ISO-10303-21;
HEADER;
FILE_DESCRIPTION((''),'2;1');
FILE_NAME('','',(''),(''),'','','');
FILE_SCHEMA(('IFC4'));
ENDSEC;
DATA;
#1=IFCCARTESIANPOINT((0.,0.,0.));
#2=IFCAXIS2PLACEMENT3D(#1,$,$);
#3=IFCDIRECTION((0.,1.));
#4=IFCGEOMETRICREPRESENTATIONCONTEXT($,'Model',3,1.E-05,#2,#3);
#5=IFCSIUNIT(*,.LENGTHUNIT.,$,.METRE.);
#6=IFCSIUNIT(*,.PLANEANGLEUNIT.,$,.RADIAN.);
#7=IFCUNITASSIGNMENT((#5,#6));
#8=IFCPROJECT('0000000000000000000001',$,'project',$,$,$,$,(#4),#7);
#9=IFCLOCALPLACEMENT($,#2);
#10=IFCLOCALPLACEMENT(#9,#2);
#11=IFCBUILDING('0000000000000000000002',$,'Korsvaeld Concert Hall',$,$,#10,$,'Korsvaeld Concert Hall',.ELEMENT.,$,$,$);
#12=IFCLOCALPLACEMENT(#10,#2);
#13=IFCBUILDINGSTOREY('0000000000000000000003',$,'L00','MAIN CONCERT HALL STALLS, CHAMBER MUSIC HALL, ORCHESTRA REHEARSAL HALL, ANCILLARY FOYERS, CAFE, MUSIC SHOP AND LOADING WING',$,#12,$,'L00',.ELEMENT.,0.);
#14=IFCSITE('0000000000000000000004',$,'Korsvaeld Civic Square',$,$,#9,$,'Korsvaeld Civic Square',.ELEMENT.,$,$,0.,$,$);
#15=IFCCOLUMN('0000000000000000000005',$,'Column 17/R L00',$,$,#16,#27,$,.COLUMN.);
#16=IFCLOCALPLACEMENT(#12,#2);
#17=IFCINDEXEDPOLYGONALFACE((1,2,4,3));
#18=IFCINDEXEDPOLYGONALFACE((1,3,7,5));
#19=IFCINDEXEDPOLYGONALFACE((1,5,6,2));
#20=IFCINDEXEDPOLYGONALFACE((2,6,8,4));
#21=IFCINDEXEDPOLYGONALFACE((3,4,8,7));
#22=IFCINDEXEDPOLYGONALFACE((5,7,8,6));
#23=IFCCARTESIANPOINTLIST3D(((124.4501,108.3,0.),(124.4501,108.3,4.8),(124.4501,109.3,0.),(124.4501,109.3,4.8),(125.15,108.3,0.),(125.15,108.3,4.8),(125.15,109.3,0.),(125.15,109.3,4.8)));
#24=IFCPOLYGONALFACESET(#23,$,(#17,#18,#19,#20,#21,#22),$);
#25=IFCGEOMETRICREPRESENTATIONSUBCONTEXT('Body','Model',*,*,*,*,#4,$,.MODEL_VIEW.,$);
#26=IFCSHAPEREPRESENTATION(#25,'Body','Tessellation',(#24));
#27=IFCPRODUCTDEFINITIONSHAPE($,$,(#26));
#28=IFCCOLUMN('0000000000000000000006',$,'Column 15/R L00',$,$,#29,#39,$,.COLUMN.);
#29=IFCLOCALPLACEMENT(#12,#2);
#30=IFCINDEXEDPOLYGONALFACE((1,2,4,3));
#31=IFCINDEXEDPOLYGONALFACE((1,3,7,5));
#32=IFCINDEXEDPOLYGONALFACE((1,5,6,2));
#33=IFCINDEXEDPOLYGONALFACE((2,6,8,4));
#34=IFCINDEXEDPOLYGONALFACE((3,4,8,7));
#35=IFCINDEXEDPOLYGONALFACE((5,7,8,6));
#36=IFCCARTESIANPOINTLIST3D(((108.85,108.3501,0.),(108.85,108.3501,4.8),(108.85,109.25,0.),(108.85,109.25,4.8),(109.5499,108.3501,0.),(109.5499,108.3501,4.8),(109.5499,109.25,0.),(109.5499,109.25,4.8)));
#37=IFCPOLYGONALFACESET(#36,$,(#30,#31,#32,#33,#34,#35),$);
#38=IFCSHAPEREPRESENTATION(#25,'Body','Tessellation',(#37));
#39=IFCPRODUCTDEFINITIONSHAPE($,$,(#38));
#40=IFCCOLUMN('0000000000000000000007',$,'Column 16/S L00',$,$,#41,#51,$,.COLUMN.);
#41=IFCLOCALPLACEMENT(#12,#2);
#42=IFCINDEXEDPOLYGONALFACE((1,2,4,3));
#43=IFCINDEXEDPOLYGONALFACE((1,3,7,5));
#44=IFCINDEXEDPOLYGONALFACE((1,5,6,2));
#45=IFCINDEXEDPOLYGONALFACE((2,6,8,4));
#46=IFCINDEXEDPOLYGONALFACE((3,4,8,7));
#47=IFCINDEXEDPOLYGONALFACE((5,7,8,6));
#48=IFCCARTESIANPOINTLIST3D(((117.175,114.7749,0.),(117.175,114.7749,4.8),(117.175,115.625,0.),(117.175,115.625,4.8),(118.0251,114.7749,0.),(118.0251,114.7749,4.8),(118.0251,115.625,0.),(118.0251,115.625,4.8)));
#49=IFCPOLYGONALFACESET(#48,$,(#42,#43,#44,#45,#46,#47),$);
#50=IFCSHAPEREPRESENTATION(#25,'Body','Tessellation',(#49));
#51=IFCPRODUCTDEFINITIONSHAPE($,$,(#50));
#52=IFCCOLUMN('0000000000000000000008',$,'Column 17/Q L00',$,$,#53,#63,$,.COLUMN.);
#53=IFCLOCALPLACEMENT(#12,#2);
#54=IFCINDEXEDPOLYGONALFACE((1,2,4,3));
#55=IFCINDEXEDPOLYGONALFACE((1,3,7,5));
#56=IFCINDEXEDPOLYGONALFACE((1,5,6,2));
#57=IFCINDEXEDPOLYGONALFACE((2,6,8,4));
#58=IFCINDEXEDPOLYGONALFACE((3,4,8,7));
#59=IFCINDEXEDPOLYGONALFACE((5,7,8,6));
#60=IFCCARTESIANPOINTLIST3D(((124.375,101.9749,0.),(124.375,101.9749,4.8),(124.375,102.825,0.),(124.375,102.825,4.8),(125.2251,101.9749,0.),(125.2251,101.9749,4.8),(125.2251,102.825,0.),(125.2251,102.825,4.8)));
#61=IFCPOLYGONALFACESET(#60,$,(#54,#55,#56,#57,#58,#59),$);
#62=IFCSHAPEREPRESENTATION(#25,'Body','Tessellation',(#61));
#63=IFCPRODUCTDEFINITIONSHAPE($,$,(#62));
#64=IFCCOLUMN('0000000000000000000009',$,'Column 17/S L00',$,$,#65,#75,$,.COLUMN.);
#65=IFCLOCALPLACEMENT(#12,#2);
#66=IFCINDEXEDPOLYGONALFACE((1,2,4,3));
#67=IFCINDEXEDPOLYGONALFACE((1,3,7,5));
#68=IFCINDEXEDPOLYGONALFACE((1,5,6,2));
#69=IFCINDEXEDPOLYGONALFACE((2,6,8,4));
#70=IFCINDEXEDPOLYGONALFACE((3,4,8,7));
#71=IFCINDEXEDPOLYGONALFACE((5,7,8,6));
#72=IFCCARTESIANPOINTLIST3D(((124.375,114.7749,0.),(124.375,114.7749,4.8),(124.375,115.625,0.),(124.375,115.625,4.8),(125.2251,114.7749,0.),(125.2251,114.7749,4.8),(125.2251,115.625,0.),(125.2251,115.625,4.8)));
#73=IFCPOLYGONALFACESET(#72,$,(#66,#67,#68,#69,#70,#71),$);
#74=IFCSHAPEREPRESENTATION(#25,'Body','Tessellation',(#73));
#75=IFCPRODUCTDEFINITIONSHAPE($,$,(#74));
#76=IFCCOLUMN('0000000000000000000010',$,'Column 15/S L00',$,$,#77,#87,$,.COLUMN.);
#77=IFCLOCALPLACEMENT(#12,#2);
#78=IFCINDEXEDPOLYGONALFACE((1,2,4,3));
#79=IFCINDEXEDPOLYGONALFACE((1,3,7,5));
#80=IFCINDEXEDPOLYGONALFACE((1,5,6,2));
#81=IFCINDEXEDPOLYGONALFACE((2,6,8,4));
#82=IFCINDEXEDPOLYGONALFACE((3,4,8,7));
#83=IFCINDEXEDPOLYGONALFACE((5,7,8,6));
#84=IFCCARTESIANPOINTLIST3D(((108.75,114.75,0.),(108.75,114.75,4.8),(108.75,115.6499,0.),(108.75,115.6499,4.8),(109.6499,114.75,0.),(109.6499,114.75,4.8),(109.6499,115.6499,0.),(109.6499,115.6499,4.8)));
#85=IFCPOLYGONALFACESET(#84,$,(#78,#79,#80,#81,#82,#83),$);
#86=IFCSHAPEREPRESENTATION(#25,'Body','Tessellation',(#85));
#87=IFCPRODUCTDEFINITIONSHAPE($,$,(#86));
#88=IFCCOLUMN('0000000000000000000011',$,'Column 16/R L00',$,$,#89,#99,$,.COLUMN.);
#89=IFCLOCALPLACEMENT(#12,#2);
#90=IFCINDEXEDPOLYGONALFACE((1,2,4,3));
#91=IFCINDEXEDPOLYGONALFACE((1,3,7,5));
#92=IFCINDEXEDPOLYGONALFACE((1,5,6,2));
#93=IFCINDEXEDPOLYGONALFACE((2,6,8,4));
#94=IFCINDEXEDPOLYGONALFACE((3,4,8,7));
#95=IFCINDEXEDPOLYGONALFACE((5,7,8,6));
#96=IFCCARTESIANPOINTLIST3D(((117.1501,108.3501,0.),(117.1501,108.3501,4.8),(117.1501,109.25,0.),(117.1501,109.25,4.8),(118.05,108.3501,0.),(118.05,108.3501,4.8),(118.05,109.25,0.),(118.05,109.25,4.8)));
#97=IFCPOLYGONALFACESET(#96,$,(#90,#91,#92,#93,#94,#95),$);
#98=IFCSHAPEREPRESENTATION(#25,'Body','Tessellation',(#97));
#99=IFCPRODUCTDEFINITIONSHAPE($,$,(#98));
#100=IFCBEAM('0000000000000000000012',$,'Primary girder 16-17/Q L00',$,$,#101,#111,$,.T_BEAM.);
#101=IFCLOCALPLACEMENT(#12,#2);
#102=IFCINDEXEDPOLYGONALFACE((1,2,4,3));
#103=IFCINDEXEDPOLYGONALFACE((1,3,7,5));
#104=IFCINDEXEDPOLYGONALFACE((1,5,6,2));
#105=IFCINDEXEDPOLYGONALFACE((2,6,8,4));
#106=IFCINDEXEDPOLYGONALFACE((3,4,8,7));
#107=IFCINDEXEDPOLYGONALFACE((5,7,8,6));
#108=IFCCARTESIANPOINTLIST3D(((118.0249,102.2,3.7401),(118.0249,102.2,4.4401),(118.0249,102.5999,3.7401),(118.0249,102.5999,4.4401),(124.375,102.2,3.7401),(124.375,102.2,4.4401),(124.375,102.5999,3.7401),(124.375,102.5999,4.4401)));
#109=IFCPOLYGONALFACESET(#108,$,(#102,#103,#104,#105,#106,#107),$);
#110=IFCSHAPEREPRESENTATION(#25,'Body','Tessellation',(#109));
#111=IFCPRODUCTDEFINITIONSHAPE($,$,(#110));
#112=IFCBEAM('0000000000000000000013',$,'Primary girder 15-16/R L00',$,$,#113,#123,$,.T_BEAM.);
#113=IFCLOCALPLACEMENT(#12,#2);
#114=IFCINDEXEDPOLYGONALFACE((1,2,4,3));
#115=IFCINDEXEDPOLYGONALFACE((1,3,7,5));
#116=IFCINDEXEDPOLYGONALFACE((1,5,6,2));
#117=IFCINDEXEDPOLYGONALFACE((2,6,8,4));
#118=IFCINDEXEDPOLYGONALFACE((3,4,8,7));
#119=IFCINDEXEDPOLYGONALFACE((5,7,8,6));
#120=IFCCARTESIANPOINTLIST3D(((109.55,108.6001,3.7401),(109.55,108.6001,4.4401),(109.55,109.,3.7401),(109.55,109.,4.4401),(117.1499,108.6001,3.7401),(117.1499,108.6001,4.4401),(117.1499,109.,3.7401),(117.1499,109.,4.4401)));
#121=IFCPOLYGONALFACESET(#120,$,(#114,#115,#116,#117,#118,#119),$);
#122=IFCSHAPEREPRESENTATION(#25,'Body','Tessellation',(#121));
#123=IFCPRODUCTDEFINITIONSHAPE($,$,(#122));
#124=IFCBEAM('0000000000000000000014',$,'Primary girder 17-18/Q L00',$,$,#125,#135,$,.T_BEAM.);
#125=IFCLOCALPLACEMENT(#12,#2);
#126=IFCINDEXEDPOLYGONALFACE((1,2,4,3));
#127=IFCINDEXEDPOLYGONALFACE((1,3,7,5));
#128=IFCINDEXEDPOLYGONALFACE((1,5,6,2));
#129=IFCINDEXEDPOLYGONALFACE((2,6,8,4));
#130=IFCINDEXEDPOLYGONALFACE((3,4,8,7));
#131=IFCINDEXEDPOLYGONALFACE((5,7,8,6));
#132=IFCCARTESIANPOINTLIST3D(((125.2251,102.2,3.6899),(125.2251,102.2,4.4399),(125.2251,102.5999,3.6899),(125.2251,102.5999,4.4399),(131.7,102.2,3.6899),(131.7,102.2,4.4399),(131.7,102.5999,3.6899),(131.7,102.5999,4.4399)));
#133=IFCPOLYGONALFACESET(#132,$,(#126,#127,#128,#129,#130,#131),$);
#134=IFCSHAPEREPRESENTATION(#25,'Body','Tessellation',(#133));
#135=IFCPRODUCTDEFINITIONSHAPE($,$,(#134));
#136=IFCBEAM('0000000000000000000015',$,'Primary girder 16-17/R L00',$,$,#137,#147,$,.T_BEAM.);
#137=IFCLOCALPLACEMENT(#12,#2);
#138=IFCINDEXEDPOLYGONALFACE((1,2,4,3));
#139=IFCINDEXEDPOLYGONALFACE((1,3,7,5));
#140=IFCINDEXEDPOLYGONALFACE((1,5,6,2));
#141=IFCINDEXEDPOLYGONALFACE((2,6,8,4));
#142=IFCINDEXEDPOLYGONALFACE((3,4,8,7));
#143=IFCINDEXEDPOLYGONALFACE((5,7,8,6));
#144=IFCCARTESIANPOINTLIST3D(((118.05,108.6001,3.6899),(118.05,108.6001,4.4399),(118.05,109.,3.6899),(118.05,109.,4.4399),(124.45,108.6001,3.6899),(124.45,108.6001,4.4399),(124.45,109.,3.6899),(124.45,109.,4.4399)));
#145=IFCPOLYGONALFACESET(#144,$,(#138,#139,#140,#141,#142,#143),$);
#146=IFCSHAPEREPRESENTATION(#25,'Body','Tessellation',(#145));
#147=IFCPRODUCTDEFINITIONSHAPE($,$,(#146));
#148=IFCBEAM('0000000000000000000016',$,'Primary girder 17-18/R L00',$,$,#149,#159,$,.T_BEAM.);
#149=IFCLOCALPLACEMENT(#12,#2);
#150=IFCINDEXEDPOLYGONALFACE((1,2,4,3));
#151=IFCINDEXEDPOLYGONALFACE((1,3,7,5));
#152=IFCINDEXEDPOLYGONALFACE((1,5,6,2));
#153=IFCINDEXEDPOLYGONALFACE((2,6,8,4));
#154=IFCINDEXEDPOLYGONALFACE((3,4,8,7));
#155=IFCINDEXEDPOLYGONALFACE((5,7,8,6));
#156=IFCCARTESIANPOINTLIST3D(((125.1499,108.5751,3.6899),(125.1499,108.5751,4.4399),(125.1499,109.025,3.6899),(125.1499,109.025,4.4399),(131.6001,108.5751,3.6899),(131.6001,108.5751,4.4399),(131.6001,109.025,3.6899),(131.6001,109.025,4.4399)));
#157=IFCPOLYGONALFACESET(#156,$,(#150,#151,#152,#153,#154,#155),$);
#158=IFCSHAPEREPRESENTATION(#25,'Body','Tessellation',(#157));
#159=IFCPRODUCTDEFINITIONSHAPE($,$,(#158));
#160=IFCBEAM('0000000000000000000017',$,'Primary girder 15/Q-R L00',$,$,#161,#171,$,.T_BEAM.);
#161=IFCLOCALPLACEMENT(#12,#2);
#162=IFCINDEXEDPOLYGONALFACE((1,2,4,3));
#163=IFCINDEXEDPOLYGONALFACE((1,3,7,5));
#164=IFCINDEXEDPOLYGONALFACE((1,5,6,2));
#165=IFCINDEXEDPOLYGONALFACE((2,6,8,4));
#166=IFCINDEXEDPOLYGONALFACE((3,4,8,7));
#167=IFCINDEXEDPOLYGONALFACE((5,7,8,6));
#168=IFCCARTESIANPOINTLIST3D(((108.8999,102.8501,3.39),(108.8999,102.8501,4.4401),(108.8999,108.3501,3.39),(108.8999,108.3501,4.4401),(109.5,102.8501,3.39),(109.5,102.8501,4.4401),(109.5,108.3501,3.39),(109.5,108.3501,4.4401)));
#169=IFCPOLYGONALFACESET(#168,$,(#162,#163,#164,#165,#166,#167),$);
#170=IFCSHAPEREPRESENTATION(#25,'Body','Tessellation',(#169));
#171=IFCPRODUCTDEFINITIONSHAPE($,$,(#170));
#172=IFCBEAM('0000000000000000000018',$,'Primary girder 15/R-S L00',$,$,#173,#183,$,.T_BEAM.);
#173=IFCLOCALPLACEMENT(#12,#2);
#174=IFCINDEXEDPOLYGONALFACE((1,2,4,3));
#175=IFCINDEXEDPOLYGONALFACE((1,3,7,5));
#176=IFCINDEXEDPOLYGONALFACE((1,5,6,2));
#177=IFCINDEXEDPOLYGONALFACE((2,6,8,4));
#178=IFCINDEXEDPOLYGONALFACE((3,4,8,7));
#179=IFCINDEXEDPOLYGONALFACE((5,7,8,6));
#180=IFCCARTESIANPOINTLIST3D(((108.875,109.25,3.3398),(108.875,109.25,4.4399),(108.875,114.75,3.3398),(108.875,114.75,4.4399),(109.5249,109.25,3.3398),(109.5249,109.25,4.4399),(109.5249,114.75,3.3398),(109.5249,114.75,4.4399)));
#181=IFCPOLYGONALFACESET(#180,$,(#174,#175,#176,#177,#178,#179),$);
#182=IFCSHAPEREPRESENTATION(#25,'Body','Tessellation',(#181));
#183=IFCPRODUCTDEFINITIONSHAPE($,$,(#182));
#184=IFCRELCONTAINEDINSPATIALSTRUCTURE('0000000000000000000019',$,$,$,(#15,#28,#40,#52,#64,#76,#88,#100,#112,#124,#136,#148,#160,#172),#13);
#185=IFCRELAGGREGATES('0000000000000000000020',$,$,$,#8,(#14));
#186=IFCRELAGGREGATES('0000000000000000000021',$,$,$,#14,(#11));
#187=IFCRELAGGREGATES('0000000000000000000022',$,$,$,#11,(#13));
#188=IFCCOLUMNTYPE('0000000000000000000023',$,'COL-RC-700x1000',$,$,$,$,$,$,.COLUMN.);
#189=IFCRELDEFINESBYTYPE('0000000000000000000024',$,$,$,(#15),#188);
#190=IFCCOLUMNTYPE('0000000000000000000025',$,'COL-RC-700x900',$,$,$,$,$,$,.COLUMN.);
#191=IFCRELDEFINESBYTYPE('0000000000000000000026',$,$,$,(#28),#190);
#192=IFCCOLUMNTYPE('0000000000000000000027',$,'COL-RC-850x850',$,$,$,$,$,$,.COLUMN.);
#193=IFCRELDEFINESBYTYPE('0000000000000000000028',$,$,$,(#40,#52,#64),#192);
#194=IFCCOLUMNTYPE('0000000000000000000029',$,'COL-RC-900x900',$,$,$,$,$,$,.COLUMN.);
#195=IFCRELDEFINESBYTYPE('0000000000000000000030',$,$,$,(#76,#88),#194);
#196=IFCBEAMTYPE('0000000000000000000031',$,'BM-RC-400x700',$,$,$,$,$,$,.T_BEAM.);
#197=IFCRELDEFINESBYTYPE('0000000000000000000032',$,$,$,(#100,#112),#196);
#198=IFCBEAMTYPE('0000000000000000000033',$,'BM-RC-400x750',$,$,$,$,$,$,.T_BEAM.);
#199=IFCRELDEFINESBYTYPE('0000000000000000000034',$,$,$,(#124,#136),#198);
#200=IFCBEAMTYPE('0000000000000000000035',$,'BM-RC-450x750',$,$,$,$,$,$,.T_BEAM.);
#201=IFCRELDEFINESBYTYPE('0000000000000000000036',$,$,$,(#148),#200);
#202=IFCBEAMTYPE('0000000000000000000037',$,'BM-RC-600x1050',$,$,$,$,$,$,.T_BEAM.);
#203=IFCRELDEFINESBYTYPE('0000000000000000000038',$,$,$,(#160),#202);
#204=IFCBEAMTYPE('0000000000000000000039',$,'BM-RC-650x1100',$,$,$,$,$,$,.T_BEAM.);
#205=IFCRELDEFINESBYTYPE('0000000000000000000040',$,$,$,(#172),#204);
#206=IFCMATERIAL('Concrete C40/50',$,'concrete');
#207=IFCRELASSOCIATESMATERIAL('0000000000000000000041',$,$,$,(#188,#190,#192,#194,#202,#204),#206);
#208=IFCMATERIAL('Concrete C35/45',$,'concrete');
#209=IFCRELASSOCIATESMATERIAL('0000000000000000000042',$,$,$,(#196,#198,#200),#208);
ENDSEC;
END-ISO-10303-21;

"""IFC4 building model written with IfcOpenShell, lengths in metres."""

from ifc_helpers import new_model, si_unit, direction, frame, origin, origin_2d, place, context, subcontext, project, spatial, rectangle, extrude, material, material_profile, profile_set, type_object, element, save


model = new_model("IFC4")

# Units and contexts
model_context = context("Model", 3, precision=1e-05, world=origin(), true_north=direction((0.0, 1.0)))
body_context = subcontext(model_context, "Body", "Model", "MODEL_VIEW")
ifc_project = project(units=[si_unit("LENGTHUNIT", "METRE"), si_unit("PLANEANGLEUNIT", "RADIAN")], contexts=[model_context])

# Site, building, storey
site_placement = place(None, origin())
site = spatial("IfcSite", under=ifc_project, at=site_placement, Name="Korsvaeld Civic Square", LongName="Korsvaeld Civic Square", CompositionType="ELEMENT", RefElevation=0.0)
building_placement = place(site_placement, origin())
building = spatial("IfcBuilding", under=site, at=building_placement, Name="Korsvaeld Concert Hall", LongName="Korsvaeld Concert Hall", CompositionType="ELEMENT")
storey_placement = place(building_placement, origin())
storey = spatial("IfcBuildingStorey", under=building, at=storey_placement, Name="L00", Description="MAIN CONCERT HALL STALLS, CHAMBER MUSIC HALL, ORCHESTRA REHEARSAL HALL, ANCILLARY FOYERS, CAFE, MUSIC SHOP AND LOADING WING", LongName="L00", CompositionType="ELEMENT", Elevation=0.0)

# Columns
ifc_material_1 = material(Name="Concrete C40/50", Category="concrete")
ifc_material_profile_1 = material_profile(ifc_material_1, rectangle(XDim=0.7, YDim=1.0, at=origin_2d()), Name="RC 700x1000")
ifc_profile_set_1 = profile_set([ifc_material_profile_1], Name="Concrete C40/50")
column_type_1 = type_object("IfcColumnType", Name="COL-RC-700x1000", PredefinedType="COLUMN", material=ifc_profile_set_1)
column_1_placement = place(storey_placement, frame((124.8, 108.8, 0.0), z_axis=(0.0, 0.0, 1.0), x_axis=(1.0, 0.0, 0.0)))
element("IfcColumn", 1, at=column_1_placement, inside=storey, type_object=column_type_1, Name="Column 17/R L00", PredefinedType="COLUMN", context=body_context, shape_type="SweptSolid", body=[
    extrude(rectangle(XDim=0.7, YDim=1.0, at=origin_2d()), origin(), (0.0, 0.0, 1.0), 4.8),
])
ifc_material_profile_2 = material_profile(ifc_material_1, rectangle(XDim=0.7, YDim=0.8999, at=origin_2d()), Name="RC 700x900")
ifc_profile_set_2 = profile_set([ifc_material_profile_2], Name="Concrete C40/50")
column_type_2 = type_object("IfcColumnType", Name="COL-RC-700x900", PredefinedType="COLUMN", material=ifc_profile_set_2)
column_2_placement = place(storey_placement, frame((109.2, 108.8, 0.0), z_axis=(0.0, 0.0, 1.0), x_axis=(1.0, 0.0, 0.0)))
element("IfcColumn", 2, at=column_2_placement, inside=storey, type_object=column_type_2, Name="Column 15/R L00", PredefinedType="COLUMN", context=body_context, shape_type="SweptSolid", body=[
    extrude(rectangle(XDim=0.7, YDim=0.8999, at=origin_2d()), origin(), (0.0, 0.0, 1.0), 4.8),
])
ifc_material_profile_3 = material_profile(ifc_material_1, rectangle(XDim=0.8501, YDim=0.8501, at=origin_2d()), Name="RC 850x850")
ifc_profile_set_3 = profile_set([ifc_material_profile_3], Name="Concrete C40/50")
column_type_3 = type_object("IfcColumnType", Name="COL-RC-850x850", PredefinedType="COLUMN", material=ifc_profile_set_3)
for number, where, z_axis, x_axis, name in (
    (3, (117.6001, 115.2, 0.0), (0.0, 0.0, 1.0), (1.0, 0.0, 0.0), "Column 16/S L00"),
    (4, (124.8, 102.3999, 0.0), (0.0, 0.0, 1.0), (1.0, 0.0, 0.0), "Column 17/Q L00"),
    (5, (124.8, 115.2, 0.0), (0.0, 0.0, 1.0), (1.0, 0.0, 0.0), "Column 17/S L00"),
):
    element("IfcColumn", number, at=place(storey_placement, frame(where, z_axis=z_axis, x_axis=x_axis)), inside=storey, type_object=column_type_3, Name=name, PredefinedType="COLUMN", context=body_context, shape_type="SweptSolid", body=[
        extrude(rectangle(XDim=0.8501, YDim=0.8501, at=origin_2d()), origin(), (0.0, 0.0, 1.0), 4.8),
    ])
ifc_material_profile_4 = material_profile(ifc_material_1, rectangle(XDim=0.8999, YDim=0.8999, at=origin_2d()), Name="RC 900x900")
ifc_profile_set_4 = profile_set([ifc_material_profile_4], Name="Concrete C40/50")
column_type_4 = type_object("IfcColumnType", Name="COL-RC-900x900", PredefinedType="COLUMN", material=ifc_profile_set_4)
for number, where, z_axis, x_axis, name in (
    (6, (109.2, 115.2, 0.0), (0.0, 0.0, 1.0), (1.0, 0.0, 0.0), "Column 15/S L00"),
    (7, (117.6001, 108.8, 0.0), (0.0, 0.0, 1.0), (1.0, 0.0, 0.0), "Column 16/R L00"),
):
    element("IfcColumn", number, at=place(storey_placement, frame(where, z_axis=z_axis, x_axis=x_axis)), inside=storey, type_object=column_type_4, Name=name, PredefinedType="COLUMN", context=body_context, shape_type="SweptSolid", body=[
        extrude(rectangle(XDim=0.8999, YDim=0.8999, at=origin_2d()), origin(), (0.0, 0.0, 1.0), 4.8),
    ])

# Beams
ifc_material_2 = material(Name="Concrete C35/45", Category="concrete")
ifc_material_profile_5 = material_profile(ifc_material_2, rectangle(XDim=0.3999, YDim=0.7, at=origin_2d()), Name="RC 400x700")
ifc_profile_set_5 = profile_set([ifc_material_profile_5], Name="Concrete C35/45")
beam_type_1 = type_object("IfcBeamType", Name="BM-RC-400x700", PredefinedType="T_BEAM", material=ifc_profile_set_5)
beam_1_placement = place(storey_placement, frame((118.0249, 102.3999, 4.0901), z_axis=(1.0, 0.0, 0.0), x_axis=(0.0, 1.0, 0.0)))
element("IfcBeam", 8, at=beam_1_placement, inside=storey, type_object=beam_type_1, Name="Primary girder 16-17/Q L00", PredefinedType="T_BEAM", context=body_context, shape_type="SweptSolid", body=[
    extrude(rectangle(XDim=0.3999, YDim=0.7, at=origin_2d()), origin(), (0.0, 0.0, 1.0), 6.3501),
])
beam_2_placement = place(storey_placement, frame((109.55, 108.8, 4.0901), z_axis=(1.0, 0.0, 0.0), x_axis=(0.0, 1.0, 0.0)))
element("IfcBeam", 9, at=beam_2_placement, inside=storey, type_object=beam_type_1, Name="Primary girder 15-16/R L00", PredefinedType="T_BEAM", context=body_context, shape_type="SweptSolid", body=[
    extrude(rectangle(XDim=0.3999, YDim=0.7, at=origin_2d()), origin(), (0.0, 0.0, 1.0), 7.5999),
])
ifc_material_profile_6 = material_profile(ifc_material_2, rectangle(XDim=0.3999, YDim=0.75, at=origin_2d()), Name="RC 400x750")
ifc_profile_set_6 = profile_set([ifc_material_profile_6], Name="Concrete C35/45")
beam_type_2 = type_object("IfcBeamType", Name="BM-RC-400x750", PredefinedType="T_BEAM", material=ifc_profile_set_6)
beam_3_placement = place(storey_placement, frame((125.2251, 102.3999, 4.0649), z_axis=(1.0, 0.0, 0.0), x_axis=(0.0, 1.0, 0.0)))
element("IfcBeam", 10, at=beam_3_placement, inside=storey, type_object=beam_type_2, Name="Primary girder 17-18/Q L00", PredefinedType="T_BEAM", context=body_context, shape_type="SweptSolid", body=[
    extrude(rectangle(XDim=0.3999, YDim=0.75, at=origin_2d()), origin(), (0.0, 0.0, 1.0), 6.4749),
])
beam_4_placement = place(storey_placement, frame((118.05, 108.8, 4.0649), z_axis=(1.0, 0.0, 0.0), x_axis=(0.0, 1.0, 0.0)))
element("IfcBeam", 11, at=beam_4_placement, inside=storey, type_object=beam_type_2, Name="Primary girder 16-17/R L00", PredefinedType="T_BEAM", context=body_context, shape_type="SweptSolid", body=[
    extrude(rectangle(XDim=0.3999, YDim=0.75, at=origin_2d()), origin(), (0.0, 0.0, 1.0), 6.3999),
])
ifc_material_profile_7 = material_profile(ifc_material_2, rectangle(XDim=0.45, YDim=0.75, at=origin_2d()), Name="RC 450x750")
ifc_profile_set_7 = profile_set([ifc_material_profile_7], Name="Concrete C35/45")
beam_type_3 = type_object("IfcBeamType", Name="BM-RC-450x750", PredefinedType="T_BEAM", material=ifc_profile_set_7)
beam_5_placement = place(storey_placement, frame((125.1499, 108.8, 4.0649), z_axis=(1.0, 0.0, 0.0), x_axis=(0.0, 1.0, 0.0)))
element("IfcBeam", 12, at=beam_5_placement, inside=storey, type_object=beam_type_3, Name="Primary girder 17-18/R L00", PredefinedType="T_BEAM", context=body_context, shape_type="SweptSolid", body=[
    extrude(rectangle(XDim=0.45, YDim=0.75, at=origin_2d()), origin(), (0.0, 0.0, 1.0), 6.4502),
])
ifc_material_profile_8 = material_profile(ifc_material_1, rectangle(XDim=0.6001, YDim=1.05, at=origin_2d()), Name="RC 600x1050")
ifc_profile_set_8 = profile_set([ifc_material_profile_8], Name="Concrete C40/50")
beam_type_4 = type_object("IfcBeamType", Name="BM-RC-600x1050", PredefinedType="T_BEAM", material=ifc_profile_set_8)
beam_6_placement = place(storey_placement, frame((109.2, 102.8501, 3.915), z_axis=(0.0, 1.0, 0.0), x_axis=(-1.0, 0.0, 0.0)))
element("IfcBeam", 13, at=beam_6_placement, inside=storey, type_object=beam_type_4, Name="Primary girder 15/Q-R L00", PredefinedType="T_BEAM", context=body_context, shape_type="SweptSolid", body=[
    extrude(rectangle(XDim=0.6001, YDim=1.05, at=origin_2d()), origin(), (0.0, 0.0, 1.0), 5.5),
])
ifc_material_profile_9 = material_profile(ifc_material_1, rectangle(XDim=0.6499, YDim=1.1001, at=origin_2d()), Name="RC 650x1100")
ifc_profile_set_9 = profile_set([ifc_material_profile_9], Name="Concrete C40/50")
beam_type_5 = type_object("IfcBeamType", Name="BM-RC-650x1100", PredefinedType="T_BEAM", material=ifc_profile_set_9)
beam_7_placement = place(storey_placement, frame((109.2, 109.25, 3.8899), z_axis=(0.0, 1.0, 0.0), x_axis=(-1.0, 0.0, 0.0)))
element("IfcBeam", 14, at=beam_7_placement, inside=storey, type_object=beam_type_5, Name="Primary girder 15/R-S L00", PredefinedType="T_BEAM", context=body_context, shape_type="SweptSolid", body=[
    extrude(rectangle(XDim=0.6499, YDim=1.1001, at=origin_2d()), origin(), (0.0, 0.0, 1.0), 5.5),
])

save(model, "model.ifc")
